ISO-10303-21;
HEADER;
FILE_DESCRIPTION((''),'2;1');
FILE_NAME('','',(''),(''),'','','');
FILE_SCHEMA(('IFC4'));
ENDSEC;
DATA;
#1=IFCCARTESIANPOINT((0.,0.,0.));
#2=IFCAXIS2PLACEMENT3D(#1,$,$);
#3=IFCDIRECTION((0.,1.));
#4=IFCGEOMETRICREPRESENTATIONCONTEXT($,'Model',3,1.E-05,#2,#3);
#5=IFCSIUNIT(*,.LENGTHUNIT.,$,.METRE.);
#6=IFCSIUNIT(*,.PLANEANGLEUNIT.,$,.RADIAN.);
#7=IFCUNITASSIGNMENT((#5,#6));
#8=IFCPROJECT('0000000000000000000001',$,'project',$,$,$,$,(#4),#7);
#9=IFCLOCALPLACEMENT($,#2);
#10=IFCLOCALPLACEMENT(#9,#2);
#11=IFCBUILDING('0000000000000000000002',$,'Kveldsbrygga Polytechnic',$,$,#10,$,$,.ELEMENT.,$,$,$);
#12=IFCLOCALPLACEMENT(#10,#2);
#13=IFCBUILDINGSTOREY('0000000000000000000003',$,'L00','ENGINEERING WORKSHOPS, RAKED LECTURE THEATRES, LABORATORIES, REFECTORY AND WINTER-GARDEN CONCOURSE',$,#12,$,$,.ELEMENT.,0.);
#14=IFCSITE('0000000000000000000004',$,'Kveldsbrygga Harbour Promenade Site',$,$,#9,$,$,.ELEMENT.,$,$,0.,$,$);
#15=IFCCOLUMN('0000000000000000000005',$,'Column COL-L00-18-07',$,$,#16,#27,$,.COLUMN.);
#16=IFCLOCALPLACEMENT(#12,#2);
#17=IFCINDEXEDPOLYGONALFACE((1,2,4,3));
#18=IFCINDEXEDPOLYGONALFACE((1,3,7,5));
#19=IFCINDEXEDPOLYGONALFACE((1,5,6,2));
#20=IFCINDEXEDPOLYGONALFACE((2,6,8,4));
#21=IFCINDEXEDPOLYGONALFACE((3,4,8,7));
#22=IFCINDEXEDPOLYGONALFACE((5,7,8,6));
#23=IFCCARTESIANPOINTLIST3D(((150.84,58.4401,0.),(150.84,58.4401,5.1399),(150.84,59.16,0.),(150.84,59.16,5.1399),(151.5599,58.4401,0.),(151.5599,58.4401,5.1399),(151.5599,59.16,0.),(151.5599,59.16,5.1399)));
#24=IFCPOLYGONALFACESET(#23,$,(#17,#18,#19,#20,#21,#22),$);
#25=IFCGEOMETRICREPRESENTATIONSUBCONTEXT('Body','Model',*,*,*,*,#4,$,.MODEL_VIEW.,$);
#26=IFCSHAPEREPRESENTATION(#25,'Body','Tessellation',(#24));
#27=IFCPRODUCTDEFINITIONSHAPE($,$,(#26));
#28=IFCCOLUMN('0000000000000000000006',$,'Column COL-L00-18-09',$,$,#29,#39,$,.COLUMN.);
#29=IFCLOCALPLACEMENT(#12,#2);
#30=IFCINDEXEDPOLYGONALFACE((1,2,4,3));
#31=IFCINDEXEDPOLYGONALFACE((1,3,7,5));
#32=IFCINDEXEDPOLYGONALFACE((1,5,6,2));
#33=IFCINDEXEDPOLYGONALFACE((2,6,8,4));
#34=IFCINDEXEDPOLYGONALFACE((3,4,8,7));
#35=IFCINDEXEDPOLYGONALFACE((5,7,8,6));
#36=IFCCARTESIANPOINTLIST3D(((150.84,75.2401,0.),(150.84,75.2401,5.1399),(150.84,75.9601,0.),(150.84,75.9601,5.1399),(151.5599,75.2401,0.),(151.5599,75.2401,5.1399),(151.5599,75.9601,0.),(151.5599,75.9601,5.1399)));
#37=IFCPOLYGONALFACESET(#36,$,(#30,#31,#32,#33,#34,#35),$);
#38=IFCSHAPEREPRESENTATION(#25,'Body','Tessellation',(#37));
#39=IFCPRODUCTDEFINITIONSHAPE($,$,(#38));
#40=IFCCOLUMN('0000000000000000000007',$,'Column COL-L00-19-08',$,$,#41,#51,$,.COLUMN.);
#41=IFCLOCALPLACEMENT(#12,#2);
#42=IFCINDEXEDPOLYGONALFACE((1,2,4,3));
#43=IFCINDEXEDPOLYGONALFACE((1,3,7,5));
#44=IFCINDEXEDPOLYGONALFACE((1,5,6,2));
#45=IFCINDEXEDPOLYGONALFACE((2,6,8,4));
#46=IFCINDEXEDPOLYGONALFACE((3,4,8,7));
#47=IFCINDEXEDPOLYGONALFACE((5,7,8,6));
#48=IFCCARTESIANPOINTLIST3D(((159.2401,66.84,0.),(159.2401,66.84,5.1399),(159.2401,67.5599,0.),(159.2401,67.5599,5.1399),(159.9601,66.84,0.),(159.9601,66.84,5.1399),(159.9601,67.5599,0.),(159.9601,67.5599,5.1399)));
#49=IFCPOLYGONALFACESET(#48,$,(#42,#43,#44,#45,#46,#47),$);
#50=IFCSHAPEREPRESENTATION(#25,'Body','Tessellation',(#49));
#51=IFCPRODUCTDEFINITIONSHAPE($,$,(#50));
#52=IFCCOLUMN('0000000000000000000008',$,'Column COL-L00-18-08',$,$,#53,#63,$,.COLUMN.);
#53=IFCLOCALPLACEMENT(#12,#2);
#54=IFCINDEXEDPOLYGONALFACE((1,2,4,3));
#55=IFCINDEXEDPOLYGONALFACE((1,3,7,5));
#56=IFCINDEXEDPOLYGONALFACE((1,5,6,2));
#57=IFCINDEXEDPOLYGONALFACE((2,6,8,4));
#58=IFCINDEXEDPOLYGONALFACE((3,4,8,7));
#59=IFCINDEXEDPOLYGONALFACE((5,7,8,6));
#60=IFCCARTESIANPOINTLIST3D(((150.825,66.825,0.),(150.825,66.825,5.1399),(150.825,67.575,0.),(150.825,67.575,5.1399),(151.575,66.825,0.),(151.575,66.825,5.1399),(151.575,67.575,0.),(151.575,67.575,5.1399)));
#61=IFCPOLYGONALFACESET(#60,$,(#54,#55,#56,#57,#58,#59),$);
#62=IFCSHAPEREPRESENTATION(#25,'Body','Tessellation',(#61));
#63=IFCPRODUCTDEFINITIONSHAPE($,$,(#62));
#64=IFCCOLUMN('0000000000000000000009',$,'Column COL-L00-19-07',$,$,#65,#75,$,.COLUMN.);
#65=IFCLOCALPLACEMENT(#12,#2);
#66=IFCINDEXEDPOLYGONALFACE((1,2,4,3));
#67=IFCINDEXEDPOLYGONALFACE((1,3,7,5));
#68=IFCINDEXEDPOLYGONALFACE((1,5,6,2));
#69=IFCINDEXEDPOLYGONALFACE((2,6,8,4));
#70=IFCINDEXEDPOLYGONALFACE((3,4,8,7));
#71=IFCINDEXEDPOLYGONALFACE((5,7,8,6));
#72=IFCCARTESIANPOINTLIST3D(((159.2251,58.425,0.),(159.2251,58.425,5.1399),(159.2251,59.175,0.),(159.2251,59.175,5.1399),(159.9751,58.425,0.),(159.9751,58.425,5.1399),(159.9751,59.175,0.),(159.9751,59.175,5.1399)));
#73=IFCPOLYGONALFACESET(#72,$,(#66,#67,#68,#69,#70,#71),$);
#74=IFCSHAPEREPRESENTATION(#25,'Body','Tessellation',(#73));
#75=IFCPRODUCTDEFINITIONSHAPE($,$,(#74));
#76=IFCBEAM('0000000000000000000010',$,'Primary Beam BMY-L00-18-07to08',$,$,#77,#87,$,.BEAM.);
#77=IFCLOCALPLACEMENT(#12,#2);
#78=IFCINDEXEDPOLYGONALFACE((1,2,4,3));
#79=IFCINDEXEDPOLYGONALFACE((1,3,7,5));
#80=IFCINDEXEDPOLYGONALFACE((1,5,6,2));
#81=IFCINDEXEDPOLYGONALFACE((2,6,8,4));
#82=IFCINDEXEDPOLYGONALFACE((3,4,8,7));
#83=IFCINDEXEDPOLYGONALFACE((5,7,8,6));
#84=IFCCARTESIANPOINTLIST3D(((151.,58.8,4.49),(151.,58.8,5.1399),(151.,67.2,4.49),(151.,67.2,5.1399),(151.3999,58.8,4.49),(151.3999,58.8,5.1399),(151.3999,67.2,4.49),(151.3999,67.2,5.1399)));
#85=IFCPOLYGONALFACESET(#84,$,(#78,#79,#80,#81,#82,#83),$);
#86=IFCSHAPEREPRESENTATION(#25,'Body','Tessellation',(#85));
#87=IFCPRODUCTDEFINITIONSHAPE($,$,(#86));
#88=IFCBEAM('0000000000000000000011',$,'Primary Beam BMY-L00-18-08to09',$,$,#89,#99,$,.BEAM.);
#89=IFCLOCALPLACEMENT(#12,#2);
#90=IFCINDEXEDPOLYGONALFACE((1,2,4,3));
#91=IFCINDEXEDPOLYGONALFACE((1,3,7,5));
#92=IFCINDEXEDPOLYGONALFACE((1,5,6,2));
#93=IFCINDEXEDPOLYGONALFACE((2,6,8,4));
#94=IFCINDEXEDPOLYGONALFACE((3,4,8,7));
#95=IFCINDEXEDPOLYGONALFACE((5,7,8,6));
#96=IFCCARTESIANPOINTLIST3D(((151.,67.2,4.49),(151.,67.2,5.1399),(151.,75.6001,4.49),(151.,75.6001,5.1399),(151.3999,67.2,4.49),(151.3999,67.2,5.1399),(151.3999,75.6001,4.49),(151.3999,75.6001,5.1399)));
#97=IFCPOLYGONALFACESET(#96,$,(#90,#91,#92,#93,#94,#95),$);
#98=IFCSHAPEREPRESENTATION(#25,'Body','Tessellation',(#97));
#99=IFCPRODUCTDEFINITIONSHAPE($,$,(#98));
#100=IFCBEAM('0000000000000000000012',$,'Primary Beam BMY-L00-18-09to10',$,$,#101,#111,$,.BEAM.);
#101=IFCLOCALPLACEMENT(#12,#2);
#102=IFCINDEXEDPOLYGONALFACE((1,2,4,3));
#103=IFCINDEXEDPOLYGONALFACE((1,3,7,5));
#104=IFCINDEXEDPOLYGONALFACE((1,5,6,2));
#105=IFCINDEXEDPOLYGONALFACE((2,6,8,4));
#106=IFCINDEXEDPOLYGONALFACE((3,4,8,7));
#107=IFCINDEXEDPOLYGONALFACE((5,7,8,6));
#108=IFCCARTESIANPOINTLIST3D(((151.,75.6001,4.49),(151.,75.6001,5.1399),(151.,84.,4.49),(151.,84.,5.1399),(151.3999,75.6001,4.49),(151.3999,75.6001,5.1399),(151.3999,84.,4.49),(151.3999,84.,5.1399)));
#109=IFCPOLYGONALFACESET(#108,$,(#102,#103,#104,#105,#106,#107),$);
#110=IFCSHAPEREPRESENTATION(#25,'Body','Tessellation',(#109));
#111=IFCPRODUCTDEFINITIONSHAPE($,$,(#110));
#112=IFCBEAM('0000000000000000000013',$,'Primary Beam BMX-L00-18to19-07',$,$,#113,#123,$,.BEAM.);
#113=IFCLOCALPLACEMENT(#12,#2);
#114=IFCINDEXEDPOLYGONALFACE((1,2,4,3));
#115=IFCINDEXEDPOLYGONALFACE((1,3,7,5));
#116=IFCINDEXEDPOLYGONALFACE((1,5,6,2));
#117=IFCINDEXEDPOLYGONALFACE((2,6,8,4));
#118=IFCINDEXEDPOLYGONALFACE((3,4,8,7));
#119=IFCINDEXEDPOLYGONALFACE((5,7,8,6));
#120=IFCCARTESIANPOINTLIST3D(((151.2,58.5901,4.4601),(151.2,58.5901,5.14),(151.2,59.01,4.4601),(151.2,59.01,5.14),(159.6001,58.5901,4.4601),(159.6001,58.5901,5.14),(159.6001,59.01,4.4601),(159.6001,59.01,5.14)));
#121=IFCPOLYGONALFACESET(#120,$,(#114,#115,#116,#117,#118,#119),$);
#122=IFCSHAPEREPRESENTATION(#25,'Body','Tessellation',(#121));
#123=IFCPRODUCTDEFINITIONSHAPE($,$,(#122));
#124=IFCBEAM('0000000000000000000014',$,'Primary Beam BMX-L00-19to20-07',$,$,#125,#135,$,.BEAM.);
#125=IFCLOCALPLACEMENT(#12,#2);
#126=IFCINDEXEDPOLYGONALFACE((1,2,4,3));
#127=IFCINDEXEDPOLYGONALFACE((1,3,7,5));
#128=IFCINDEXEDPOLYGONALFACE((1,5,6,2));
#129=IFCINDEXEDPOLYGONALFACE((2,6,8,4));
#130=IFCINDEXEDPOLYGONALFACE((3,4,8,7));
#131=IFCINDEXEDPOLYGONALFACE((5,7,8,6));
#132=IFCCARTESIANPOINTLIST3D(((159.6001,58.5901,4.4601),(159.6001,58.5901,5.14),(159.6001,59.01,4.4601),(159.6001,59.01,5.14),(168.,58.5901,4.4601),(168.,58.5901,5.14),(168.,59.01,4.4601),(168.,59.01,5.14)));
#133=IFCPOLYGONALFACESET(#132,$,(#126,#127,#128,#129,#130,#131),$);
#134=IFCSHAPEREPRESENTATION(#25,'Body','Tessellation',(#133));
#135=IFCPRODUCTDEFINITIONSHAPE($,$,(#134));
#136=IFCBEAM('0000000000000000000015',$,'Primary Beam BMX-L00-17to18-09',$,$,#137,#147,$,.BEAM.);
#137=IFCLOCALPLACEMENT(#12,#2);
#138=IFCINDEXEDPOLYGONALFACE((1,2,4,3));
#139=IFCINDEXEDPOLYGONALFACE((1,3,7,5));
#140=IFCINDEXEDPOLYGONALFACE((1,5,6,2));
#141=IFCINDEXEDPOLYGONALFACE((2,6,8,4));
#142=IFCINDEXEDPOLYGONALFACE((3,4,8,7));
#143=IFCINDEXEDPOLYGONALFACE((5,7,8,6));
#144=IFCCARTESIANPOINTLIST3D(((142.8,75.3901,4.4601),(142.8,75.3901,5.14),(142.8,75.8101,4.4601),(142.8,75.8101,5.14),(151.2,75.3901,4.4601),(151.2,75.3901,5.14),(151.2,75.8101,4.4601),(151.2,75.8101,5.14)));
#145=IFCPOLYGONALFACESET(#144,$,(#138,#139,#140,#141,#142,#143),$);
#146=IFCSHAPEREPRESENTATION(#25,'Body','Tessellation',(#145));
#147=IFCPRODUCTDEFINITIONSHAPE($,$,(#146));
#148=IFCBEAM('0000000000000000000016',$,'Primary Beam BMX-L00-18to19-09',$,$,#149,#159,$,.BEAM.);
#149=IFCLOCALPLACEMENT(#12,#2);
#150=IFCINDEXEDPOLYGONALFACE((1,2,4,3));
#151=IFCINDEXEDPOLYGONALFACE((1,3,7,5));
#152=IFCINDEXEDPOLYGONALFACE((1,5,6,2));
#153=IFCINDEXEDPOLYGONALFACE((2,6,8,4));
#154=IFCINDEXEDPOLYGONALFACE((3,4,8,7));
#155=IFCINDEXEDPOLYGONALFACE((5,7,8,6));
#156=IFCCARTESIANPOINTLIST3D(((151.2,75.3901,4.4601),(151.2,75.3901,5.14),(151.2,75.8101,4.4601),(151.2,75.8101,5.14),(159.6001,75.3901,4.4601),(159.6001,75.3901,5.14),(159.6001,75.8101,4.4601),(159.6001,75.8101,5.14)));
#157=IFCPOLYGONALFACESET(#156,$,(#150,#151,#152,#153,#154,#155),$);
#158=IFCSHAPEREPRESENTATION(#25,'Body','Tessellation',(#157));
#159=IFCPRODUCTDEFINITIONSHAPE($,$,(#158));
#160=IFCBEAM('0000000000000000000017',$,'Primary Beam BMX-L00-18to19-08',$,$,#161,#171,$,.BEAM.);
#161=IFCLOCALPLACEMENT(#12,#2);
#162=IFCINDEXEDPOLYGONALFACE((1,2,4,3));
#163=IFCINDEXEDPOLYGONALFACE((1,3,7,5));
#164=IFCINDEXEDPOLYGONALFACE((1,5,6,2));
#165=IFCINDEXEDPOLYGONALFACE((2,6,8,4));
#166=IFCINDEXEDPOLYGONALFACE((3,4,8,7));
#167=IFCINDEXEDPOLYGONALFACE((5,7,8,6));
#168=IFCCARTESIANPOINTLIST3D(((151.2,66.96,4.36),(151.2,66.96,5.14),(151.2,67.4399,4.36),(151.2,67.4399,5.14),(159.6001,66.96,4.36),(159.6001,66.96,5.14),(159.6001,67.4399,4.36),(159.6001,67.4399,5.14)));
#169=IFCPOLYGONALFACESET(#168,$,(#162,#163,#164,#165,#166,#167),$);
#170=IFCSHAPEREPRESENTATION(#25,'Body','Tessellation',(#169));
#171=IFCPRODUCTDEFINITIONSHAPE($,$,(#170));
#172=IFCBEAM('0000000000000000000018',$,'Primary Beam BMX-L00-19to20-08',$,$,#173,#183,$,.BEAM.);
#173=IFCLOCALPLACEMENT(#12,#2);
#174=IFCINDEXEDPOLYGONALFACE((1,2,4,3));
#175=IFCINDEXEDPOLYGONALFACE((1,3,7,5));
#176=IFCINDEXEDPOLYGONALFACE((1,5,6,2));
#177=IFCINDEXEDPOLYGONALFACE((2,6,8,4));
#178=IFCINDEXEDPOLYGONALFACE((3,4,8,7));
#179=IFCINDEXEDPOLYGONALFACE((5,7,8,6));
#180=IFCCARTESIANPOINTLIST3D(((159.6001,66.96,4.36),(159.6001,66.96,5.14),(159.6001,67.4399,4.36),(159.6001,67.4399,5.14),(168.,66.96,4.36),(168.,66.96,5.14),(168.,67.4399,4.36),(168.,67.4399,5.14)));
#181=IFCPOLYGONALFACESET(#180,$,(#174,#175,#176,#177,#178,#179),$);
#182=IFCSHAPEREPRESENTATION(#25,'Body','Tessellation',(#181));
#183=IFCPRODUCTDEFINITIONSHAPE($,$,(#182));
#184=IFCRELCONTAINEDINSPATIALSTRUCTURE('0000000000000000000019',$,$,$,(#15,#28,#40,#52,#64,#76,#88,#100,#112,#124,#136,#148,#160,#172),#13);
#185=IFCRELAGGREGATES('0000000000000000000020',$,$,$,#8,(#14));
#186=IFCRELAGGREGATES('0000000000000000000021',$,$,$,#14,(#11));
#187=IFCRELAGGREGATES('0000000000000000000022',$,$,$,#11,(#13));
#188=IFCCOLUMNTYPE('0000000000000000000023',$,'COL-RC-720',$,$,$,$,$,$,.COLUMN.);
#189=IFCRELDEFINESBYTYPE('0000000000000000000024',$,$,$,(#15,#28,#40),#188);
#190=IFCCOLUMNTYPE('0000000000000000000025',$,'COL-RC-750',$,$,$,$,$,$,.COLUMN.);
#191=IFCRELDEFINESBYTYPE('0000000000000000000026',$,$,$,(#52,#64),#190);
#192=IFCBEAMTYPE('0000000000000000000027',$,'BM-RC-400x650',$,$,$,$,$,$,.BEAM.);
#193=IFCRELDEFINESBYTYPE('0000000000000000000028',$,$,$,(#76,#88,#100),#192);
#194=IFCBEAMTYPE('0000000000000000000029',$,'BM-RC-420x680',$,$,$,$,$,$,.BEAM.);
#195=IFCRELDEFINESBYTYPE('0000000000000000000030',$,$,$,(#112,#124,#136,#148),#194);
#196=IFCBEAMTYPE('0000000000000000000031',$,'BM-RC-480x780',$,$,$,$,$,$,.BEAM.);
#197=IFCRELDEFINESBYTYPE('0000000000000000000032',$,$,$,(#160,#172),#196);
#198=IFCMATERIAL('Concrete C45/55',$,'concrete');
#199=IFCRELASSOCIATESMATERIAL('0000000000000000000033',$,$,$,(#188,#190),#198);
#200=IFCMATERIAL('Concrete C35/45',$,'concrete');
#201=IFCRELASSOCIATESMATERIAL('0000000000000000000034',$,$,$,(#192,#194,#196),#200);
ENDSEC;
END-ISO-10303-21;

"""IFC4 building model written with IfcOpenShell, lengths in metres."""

from ifc_helpers import new_model, si_unit, direction, frame, origin, origin_2d, place, context, subcontext, project, spatial, rectangle, extrude, material, material_profile, profile_set, type_object, element, save


model = new_model("IFC4")

# Units and contexts
model_context = context("Model", 3, precision=1e-05, world=origin(), true_north=direction((0.0, 1.0)))
body_context = subcontext(model_context, "Body", "Model", "MODEL_VIEW")
ifc_project = project(units=[si_unit("LENGTHUNIT", "METRE"), si_unit("PLANEANGLEUNIT", "RADIAN")], contexts=[model_context])

# Site, building, storey
site_placement = place(None, origin())
site = spatial("IfcSite", under=ifc_project, at=site_placement, Name="Kveldsbrygga Harbour Promenade Site", CompositionType="ELEMENT", RefElevation=0.0)
building_placement = place(site_placement, origin())
building = spatial("IfcBuilding", under=site, at=building_placement, Name="Kveldsbrygga Polytechnic", CompositionType="ELEMENT")
storey_placement = place(building_placement, origin())
storey = spatial("IfcBuildingStorey", under=building, at=storey_placement, Name="L00", Description="ENGINEERING WORKSHOPS, RAKED LECTURE THEATRES, LABORATORIES, REFECTORY AND WINTER-GARDEN CONCOURSE", CompositionType="ELEMENT", Elevation=0.0)

# Columns
ifc_material_1 = material(Name="Concrete C45/55", Category="concrete")
ifc_material_profile_1 = material_profile(ifc_material_1, rectangle(XDim=0.72, YDim=0.72, at=origin_2d()), Name="RC 720x720")
ifc_profile_set_1 = profile_set([ifc_material_profile_1], Name="Concrete C45/55")
column_type_1 = type_object("IfcColumnType", Name="COL-RC-720", PredefinedType="COLUMN", material=ifc_profile_set_1)
for number, where, z_axis, x_axis, name in (
    (1, (151.2, 58.8, 0.0), (0.0, 0.0, 1.0), (1.0, 0.0, 0.0), "Column COL-L00-18-07"),
    (2, (151.2, 75.6001, 0.0), (0.0, 0.0, 1.0), (1.0, 0.0, 0.0), "Column COL-L00-18-09"),
    (3, (159.6001, 67.2, 0.0), (0.0, 0.0, 1.0), (1.0, 0.0, 0.0), "Column COL-L00-19-08"),
):
    element("IfcColumn", number, at=place(storey_placement, frame(where, z_axis=z_axis, x_axis=x_axis)), inside=storey, type_object=column_type_1, Name=name, PredefinedType="COLUMN", context=body_context, shape_type="SweptSolid", body=[
        extrude(rectangle(XDim=0.72, YDim=0.72, at=origin_2d()), origin(), (0.0, 0.0, 1.0), 5.1399),
    ])
ifc_material_profile_2 = material_profile(ifc_material_1, rectangle(XDim=0.75, YDim=0.75, at=origin_2d()), Name="RC 750x750")
ifc_profile_set_2 = profile_set([ifc_material_profile_2], Name="Concrete C45/55")
column_type_2 = type_object("IfcColumnType", Name="COL-RC-750", PredefinedType="COLUMN", material=ifc_profile_set_2)
for number, where, z_axis, x_axis, name in (
    (4, (151.2, 67.2, 0.0), (0.0, 0.0, 1.0), (1.0, 0.0, 0.0), "Column COL-L00-18-08"),
    (5, (159.6001, 58.8, 0.0), (0.0, 0.0, 1.0), (1.0, 0.0, 0.0), "Column COL-L00-19-07"),
):
    element("IfcColumn", number, at=place(storey_placement, frame(where, z_axis=z_axis, x_axis=x_axis)), inside=storey, type_object=column_type_2, Name=name, PredefinedType="COLUMN", context=body_context, shape_type="SweptSolid", body=[
        extrude(rectangle(XDim=0.75, YDim=0.75, at=origin_2d()), origin(), (0.0, 0.0, 1.0), 5.1399),
    ])

# Beams
ifc_material_2 = material(Name="Concrete C35/45", Category="concrete")
ifc_material_profile_3 = material_profile(ifc_material_2, rectangle(XDim=0.3999, YDim=0.6499, at=origin_2d()), Name="RC 400x650")
ifc_profile_set_3 = profile_set([ifc_material_profile_3], Name="Concrete C35/45")
beam_type_1 = type_object("IfcBeamType", Name="BM-RC-400x650", PredefinedType="BEAM", material=ifc_profile_set_3)
beam_1_placement = place(storey_placement, frame((151.2, 58.8, 4.8149), z_axis=(0.0, 1.0, 0.0), x_axis=(-1.0, 0.0, 0.0)))
element("IfcBeam", 6, at=beam_1_placement, inside=storey, type_object=beam_type_1, Name="Primary Beam BMY-L00-18-07to08", PredefinedType="BEAM", context=body_context, shape_type="SweptSolid", body=[
    extrude(rectangle(XDim=0.3999, YDim=0.6499, at=origin_2d()), origin(), (0.0, 0.0, 1.0), 8.3999),
])
beam_2_placement = place(storey_placement, frame((151.2, 67.2, 4.8149), z_axis=(0.0, 1.0, 0.0), x_axis=(-1.0, 0.0, 0.0)))
element("IfcBeam", 7, at=beam_2_placement, inside=storey, type_object=beam_type_1, Name="Primary Beam BMY-L00-18-08to09", PredefinedType="BEAM", context=body_context, shape_type="SweptSolid", body=[
    extrude(rectangle(XDim=0.3999, YDim=0.6499, at=origin_2d()), origin(), (0.0, 0.0, 1.0), 8.4001),
])
beam_3_placement = place(storey_placement, frame((151.2, 75.6001, 4.8149), z_axis=(0.0, 1.0, 0.0), x_axis=(-1.0, 0.0, 0.0)))
element("IfcBeam", 8, at=beam_3_placement, inside=storey, type_object=beam_type_1, Name="Primary Beam BMY-L00-18-09to10", PredefinedType="BEAM", context=body_context, shape_type="SweptSolid", body=[
    extrude(rectangle(XDim=0.3999, YDim=0.6499, at=origin_2d()), origin(), (0.0, 0.0, 1.0), 8.3999),
])
ifc_material_profile_4 = material_profile(ifc_material_2, rectangle(XDim=0.4199, YDim=0.6799, at=origin_2d()), Name="RC 420x680")
ifc_profile_set_4 = profile_set([ifc_material_profile_4], Name="Concrete C35/45")
beam_type_2 = type_object("IfcBeamType", Name="BM-RC-420x680", PredefinedType="BEAM", material=ifc_profile_set_4)
beam_4_placement = place(storey_placement, frame((151.2, 58.8, 4.8), z_axis=(1.0, 0.0, 0.0), x_axis=(0.0, 1.0, 0.0)))
element("IfcBeam", 9, at=beam_4_placement, inside=storey, type_object=beam_type_2, Name="Primary Beam BMX-L00-18to19-07", PredefinedType="BEAM", context=body_context, shape_type="SweptSolid", body=[
    extrude(rectangle(XDim=0.4199, YDim=0.6799, at=origin_2d()), origin(), (0.0, 0.0, 1.0), 8.4001),
])
for number, where, z_axis, x_axis, name in (
    (10, (159.6001, 58.8, 4.8), (1.0, 0.0, 0.0), (0.0, 1.0, 0.0), "Primary Beam BMX-L00-19to20-07"),
    (11, (142.8, 75.6001, 4.8), (1.0, 0.0, 0.0), (0.0, 1.0, 0.0), "Primary Beam BMX-L00-17to18-09"),
):
    element("IfcBeam", number, at=place(storey_placement, frame(where, z_axis=z_axis, x_axis=x_axis)), inside=storey, type_object=beam_type_2, Name=name, PredefinedType="BEAM", context=body_context, shape_type="SweptSolid", body=[
        extrude(rectangle(XDim=0.4199, YDim=0.6799, at=origin_2d()), origin(), (0.0, 0.0, 1.0), 8.3999),
    ])
beam_5_placement = place(storey_placement, frame((151.2, 75.6001, 4.8), z_axis=(1.0, 0.0, 0.0), x_axis=(0.0, 1.0, 0.0)))
element("IfcBeam", 12, at=beam_5_placement, inside=storey, type_object=beam_type_2, Name="Primary Beam BMX-L00-18to19-09", PredefinedType="BEAM", context=body_context, shape_type="SweptSolid", body=[
    extrude(rectangle(XDim=0.4199, YDim=0.6799, at=origin_2d()), origin(), (0.0, 0.0, 1.0), 8.4001),
])
ifc_material_profile_5 = material_profile(ifc_material_2, rectangle(XDim=0.48, YDim=0.78, at=origin_2d()), Name="RC 480x780")
ifc_profile_set_5 = profile_set([ifc_material_profile_5], Name="Concrete C35/45")
beam_type_3 = type_object("IfcBeamType", Name="BM-RC-480x780", PredefinedType="BEAM", material=ifc_profile_set_5)
beam_6_placement = place(storey_placement, frame((151.2, 67.2, 4.75), z_axis=(1.0, 0.0, 0.0), x_axis=(0.0, 1.0, 0.0)))
element("IfcBeam", 13, at=beam_6_placement, inside=storey, type_object=beam_type_3, Name="Primary Beam BMX-L00-18to19-08", PredefinedType="BEAM", context=body_context, shape_type="SweptSolid", body=[
    extrude(rectangle(XDim=0.48, YDim=0.78, at=origin_2d()), origin(), (0.0, 0.0, 1.0), 8.4001),
])
beam_7_placement = place(storey_placement, frame((159.6001, 67.2, 4.75), z_axis=(1.0, 0.0, 0.0), x_axis=(0.0, 1.0, 0.0)))
element("IfcBeam", 14, at=beam_7_placement, inside=storey, type_object=beam_type_3, Name="Primary Beam BMX-L00-19to20-08", PredefinedType="BEAM", context=body_context, shape_type="SweptSolid", body=[
    extrude(rectangle(XDim=0.48, YDim=0.78, at=origin_2d()), origin(), (0.0, 0.0, 1.0), 8.3999),
])

save(model, "model.ifc")
